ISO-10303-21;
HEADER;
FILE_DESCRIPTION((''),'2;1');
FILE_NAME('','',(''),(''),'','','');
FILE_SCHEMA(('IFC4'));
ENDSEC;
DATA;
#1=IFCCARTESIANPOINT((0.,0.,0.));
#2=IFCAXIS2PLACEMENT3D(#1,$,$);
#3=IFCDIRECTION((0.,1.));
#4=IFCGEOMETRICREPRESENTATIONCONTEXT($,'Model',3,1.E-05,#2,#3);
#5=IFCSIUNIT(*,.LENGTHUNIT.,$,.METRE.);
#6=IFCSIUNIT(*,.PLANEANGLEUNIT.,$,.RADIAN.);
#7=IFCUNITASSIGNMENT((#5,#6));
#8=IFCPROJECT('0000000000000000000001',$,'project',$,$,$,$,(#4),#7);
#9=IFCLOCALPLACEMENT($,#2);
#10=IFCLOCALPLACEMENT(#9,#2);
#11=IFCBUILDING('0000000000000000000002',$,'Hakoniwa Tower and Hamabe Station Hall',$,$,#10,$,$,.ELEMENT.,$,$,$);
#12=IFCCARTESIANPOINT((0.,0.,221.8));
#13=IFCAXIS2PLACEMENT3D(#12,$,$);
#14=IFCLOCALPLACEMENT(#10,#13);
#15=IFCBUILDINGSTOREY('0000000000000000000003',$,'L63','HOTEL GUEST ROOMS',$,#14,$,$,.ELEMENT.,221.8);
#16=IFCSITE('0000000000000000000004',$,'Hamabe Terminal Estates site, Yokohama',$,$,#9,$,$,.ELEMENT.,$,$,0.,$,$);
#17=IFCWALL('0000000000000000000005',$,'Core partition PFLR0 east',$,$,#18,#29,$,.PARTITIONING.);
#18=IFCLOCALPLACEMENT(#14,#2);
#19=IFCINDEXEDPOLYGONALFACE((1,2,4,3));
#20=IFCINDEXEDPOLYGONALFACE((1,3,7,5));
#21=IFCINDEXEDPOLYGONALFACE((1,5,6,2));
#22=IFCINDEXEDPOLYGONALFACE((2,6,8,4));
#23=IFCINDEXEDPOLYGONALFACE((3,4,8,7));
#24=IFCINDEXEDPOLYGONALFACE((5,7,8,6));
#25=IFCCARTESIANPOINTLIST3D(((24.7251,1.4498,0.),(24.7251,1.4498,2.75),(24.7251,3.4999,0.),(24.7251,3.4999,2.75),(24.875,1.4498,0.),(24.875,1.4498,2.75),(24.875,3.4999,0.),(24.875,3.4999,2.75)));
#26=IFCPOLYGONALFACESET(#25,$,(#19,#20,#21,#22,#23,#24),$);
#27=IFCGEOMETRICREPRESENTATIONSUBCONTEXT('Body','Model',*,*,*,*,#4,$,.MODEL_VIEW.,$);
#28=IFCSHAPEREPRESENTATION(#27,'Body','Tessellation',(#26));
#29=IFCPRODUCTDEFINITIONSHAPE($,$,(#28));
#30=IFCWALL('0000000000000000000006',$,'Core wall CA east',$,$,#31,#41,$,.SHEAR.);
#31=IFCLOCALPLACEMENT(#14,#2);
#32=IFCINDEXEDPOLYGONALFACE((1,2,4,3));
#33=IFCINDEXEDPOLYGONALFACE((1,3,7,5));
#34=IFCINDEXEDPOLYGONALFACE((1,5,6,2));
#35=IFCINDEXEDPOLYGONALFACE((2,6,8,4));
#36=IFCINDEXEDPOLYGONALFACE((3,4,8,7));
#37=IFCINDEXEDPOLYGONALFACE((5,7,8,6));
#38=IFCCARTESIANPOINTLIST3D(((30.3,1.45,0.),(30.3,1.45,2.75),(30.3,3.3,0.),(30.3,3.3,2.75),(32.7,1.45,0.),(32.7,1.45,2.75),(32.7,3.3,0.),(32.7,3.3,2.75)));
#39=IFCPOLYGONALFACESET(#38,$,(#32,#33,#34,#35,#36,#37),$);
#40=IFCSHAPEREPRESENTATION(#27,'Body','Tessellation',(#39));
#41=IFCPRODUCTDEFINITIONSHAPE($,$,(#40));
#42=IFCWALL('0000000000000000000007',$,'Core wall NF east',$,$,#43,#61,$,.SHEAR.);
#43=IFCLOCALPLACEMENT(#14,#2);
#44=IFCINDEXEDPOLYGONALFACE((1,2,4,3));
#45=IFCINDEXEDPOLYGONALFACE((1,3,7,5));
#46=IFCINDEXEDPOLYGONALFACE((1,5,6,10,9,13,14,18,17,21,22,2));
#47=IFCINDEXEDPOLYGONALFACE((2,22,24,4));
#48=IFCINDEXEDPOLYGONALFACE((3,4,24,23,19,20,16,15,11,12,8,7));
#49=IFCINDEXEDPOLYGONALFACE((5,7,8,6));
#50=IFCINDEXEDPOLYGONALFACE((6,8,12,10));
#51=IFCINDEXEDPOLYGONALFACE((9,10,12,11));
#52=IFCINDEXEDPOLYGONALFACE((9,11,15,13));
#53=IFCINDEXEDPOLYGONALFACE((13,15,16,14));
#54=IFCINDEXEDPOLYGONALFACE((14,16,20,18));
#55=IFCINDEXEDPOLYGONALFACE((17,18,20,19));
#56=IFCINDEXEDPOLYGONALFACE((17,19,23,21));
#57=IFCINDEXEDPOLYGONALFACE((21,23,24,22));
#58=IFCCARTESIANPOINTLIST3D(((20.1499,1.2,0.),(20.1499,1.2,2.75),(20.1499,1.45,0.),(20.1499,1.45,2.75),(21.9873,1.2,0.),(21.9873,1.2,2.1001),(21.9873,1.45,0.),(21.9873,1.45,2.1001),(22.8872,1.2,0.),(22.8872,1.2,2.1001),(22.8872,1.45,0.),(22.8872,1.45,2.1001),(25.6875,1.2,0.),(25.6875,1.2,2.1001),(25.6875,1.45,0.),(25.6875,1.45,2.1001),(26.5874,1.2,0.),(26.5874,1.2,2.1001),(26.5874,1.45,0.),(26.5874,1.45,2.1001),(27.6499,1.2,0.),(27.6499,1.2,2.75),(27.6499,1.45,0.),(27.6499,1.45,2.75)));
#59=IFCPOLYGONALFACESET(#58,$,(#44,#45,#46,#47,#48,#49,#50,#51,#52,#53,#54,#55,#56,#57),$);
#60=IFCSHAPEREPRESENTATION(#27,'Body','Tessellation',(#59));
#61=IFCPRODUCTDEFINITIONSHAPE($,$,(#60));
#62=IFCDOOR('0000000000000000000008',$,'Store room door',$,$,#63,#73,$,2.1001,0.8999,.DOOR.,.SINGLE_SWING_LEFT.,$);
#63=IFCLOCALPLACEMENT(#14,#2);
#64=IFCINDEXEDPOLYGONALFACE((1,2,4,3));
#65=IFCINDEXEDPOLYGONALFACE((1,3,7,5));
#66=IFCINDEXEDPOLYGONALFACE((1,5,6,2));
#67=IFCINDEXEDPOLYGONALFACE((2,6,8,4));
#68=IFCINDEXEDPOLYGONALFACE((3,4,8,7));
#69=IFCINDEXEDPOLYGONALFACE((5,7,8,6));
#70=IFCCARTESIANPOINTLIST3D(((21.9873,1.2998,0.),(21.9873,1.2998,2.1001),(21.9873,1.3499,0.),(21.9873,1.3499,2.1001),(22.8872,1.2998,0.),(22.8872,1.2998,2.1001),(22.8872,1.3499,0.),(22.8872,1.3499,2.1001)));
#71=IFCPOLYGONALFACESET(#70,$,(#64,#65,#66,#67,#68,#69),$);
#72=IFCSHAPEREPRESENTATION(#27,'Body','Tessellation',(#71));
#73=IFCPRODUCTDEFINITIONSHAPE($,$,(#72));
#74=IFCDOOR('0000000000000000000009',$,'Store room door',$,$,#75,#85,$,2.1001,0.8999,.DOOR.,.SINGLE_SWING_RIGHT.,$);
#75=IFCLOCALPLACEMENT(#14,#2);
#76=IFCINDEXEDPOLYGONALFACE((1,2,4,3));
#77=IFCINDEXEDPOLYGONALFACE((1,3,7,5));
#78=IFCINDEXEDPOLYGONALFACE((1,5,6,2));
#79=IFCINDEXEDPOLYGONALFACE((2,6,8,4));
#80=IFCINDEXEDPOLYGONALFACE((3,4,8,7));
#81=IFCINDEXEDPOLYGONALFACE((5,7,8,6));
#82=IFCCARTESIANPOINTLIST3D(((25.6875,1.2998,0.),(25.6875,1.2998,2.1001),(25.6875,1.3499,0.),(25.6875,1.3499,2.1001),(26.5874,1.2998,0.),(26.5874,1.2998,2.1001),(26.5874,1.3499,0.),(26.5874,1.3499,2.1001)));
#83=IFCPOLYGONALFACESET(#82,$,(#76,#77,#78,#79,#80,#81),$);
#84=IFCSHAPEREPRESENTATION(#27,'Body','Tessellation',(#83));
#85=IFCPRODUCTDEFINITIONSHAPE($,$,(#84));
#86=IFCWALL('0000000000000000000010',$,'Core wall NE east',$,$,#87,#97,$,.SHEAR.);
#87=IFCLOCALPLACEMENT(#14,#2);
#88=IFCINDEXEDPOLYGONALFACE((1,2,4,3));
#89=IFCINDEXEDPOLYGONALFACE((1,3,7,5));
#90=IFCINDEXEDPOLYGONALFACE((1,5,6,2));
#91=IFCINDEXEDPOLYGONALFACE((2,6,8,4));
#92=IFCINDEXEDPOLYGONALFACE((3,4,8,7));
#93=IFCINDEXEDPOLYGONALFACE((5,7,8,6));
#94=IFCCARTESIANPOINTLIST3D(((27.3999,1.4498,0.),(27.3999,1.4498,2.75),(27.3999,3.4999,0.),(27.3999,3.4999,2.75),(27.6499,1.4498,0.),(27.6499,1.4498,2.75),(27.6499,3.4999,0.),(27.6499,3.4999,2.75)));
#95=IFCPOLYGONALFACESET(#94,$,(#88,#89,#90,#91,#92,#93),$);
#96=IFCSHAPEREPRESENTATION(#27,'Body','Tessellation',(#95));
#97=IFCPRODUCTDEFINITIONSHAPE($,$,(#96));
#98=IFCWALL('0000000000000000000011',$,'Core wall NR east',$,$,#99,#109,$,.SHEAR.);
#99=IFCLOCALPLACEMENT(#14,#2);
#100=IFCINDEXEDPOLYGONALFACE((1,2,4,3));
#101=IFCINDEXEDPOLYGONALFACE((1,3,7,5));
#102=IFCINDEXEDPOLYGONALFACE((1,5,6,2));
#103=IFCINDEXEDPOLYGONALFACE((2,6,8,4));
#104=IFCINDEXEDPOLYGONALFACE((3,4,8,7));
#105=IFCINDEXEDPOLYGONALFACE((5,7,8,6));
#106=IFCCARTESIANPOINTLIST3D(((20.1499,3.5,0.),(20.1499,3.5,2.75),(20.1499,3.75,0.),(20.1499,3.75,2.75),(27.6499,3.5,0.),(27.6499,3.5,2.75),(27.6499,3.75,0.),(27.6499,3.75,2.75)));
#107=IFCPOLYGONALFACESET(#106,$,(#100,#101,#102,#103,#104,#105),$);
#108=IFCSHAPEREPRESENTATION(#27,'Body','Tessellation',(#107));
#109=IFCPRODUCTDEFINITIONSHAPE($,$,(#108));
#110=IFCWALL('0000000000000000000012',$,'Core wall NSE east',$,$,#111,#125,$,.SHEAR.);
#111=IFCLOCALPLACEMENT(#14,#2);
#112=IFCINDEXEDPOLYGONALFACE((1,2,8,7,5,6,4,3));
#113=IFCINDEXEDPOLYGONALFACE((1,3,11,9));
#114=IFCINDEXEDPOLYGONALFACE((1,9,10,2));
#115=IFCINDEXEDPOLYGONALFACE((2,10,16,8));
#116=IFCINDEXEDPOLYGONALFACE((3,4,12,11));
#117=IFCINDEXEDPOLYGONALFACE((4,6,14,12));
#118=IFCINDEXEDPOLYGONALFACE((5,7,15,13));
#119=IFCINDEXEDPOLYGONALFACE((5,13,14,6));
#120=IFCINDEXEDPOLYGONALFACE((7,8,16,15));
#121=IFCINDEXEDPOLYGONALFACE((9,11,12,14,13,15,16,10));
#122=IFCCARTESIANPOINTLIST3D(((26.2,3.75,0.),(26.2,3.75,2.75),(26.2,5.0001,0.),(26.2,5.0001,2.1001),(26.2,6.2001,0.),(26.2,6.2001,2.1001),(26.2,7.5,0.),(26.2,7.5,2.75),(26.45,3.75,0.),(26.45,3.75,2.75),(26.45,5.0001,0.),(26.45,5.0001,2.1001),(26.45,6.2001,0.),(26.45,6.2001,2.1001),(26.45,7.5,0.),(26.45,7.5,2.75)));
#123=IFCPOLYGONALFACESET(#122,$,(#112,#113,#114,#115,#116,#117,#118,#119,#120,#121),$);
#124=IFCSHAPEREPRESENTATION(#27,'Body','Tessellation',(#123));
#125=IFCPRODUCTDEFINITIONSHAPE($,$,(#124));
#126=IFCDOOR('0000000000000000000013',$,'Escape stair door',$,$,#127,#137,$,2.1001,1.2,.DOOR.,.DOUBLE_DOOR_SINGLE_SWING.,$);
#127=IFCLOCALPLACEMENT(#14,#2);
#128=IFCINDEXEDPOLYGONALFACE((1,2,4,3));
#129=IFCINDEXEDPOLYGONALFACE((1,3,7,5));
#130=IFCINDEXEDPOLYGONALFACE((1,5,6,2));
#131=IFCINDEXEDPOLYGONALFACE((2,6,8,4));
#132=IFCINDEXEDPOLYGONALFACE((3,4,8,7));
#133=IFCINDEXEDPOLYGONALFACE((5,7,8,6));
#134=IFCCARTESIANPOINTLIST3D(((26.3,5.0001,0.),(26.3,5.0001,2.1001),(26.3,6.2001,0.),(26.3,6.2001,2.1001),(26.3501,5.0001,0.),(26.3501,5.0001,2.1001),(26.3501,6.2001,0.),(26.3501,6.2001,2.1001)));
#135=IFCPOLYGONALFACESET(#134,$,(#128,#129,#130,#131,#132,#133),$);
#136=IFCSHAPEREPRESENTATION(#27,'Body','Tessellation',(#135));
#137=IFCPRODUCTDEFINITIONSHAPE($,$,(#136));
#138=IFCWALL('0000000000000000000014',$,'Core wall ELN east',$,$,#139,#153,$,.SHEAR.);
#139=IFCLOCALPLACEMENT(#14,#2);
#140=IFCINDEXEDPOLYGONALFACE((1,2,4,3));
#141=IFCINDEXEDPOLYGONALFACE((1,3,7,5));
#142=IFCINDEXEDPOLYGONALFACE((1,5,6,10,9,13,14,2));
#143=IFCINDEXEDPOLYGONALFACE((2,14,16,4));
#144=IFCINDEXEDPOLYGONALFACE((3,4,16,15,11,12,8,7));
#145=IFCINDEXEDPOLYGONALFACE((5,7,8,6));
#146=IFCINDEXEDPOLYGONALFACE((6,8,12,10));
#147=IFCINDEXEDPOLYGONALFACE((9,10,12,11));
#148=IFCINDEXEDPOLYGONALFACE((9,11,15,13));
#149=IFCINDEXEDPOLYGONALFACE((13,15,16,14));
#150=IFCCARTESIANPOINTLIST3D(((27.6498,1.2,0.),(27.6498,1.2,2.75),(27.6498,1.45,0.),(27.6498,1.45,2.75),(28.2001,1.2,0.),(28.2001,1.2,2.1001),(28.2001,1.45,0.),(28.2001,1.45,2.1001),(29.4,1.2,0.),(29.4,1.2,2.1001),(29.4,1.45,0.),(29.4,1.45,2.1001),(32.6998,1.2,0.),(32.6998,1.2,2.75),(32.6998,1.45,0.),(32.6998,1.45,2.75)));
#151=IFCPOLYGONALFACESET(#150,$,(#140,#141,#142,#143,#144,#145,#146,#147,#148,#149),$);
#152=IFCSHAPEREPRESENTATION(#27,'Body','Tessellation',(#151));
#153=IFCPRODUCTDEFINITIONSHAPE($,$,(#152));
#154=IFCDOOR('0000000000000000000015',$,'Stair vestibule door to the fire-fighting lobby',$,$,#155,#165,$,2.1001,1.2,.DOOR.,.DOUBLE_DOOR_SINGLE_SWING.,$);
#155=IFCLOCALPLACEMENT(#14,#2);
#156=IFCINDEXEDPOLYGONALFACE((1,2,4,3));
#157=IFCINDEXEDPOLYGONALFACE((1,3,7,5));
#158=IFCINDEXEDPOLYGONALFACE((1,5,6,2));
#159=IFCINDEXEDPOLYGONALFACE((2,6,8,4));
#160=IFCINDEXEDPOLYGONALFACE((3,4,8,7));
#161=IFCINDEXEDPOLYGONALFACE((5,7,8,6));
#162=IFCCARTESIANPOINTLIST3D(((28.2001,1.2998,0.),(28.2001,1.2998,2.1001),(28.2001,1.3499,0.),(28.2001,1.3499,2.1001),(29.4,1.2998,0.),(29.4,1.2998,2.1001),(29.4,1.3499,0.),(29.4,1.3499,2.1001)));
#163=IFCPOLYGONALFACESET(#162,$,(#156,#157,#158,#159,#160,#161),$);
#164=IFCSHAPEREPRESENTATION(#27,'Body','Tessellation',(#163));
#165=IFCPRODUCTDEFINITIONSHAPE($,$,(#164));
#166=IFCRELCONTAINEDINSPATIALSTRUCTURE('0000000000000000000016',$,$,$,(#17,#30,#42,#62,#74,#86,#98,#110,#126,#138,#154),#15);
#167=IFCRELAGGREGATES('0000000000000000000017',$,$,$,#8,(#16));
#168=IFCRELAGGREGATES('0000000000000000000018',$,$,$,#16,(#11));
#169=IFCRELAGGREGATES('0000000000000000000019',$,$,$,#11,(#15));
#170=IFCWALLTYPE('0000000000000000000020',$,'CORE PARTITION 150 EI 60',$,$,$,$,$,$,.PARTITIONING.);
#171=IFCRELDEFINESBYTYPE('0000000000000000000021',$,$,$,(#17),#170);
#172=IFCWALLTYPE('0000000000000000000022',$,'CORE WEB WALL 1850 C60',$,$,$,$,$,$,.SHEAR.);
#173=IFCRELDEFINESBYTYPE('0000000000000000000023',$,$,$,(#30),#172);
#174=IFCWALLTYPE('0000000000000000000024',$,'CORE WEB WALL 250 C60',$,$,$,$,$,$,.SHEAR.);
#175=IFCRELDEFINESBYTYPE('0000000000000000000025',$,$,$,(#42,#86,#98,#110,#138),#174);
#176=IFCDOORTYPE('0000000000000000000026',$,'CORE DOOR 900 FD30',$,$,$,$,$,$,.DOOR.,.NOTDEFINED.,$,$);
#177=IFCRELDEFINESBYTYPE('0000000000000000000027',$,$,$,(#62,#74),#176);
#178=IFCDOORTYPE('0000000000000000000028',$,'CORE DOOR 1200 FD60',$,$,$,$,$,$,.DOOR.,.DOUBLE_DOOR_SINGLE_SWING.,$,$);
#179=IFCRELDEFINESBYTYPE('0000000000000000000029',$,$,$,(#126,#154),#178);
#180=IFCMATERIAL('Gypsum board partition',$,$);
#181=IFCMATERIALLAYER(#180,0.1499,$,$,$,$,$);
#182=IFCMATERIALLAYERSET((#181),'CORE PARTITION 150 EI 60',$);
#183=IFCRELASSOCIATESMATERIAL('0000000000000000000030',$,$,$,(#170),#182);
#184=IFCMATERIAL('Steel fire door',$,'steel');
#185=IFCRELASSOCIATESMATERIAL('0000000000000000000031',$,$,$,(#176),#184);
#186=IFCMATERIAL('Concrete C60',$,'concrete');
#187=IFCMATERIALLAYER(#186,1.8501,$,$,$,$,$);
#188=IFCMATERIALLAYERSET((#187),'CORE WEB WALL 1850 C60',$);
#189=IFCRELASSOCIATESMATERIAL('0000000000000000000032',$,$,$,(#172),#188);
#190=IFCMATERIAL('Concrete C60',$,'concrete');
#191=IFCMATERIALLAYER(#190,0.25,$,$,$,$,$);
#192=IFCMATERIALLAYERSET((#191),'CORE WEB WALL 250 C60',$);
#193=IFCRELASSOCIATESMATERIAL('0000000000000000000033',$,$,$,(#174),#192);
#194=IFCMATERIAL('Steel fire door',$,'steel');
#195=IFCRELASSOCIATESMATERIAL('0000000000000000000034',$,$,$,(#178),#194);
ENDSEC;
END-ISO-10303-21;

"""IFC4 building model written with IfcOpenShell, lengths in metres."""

from ifc_helpers import new_model, si_unit, direction, frame, frame_2d, origin, place, context, subcontext, project, spatial, rectangle, extrude, material, layer, layer_set, type_object, element, fill, save


model = new_model("IFC4")

# Units and contexts
model_context = context("Model", 3, precision=1e-05, world=origin(), true_north=direction((0.0, 1.0)))
body_context = subcontext(model_context, "Body", "Model", "MODEL_VIEW")
ifc_project = project(units=[si_unit("LENGTHUNIT", "METRE"), si_unit("PLANEANGLEUNIT", "RADIAN")], contexts=[model_context])

# Site, building, storey
site_placement = place(None, origin())
site = spatial("IfcSite", under=ifc_project, at=site_placement, Name="Hamabe Terminal Estates site, Yokohama", CompositionType="ELEMENT", RefElevation=0.0)
building_placement = place(site_placement, origin())
building = spatial("IfcBuilding", under=site, at=building_placement, Name="Hakoniwa Tower and Hamabe Station Hall", CompositionType="ELEMENT")
storey_placement = place(building_placement, frame((0.0, 0.0, 221.8)))
storey = spatial("IfcBuildingStorey", under=building, at=storey_placement, Name="L63", Description="HOTEL GUEST ROOMS", CompositionType="ELEMENT", Elevation=221.8)

# Shared definitions
ifc_material_1 = material(Name="Gypsum board partition")
ifc_layer_1 = layer(ifc_material_1, 0.1499)
ifc_layer_set_1 = layer_set([ifc_layer_1], Name="CORE PARTITION 150 EI 60")
wall_type_1 = type_object("IfcWallType", Name="CORE PARTITION 150 EI 60", PredefinedType="PARTITIONING", material=ifc_layer_set_1)
ifc_material_2 = material(Name="Steel fire door", Category="steel")
door_type_1 = type_object("IfcDoorType", Name="CORE DOOR 900 FD30", OperationType="NOTDEFINED", PredefinedType="DOOR", material=ifc_material_2)

# Walls
wall_1_placement = place(storey_placement, frame((24.8, 1.45, 0.0), z_axis=(0.0, 0.0, 1.0), x_axis=(0.0, 1.0, 0.0)))
element("IfcWall", 1, at=wall_1_placement, inside=storey, type_object=wall_type_1, Name="Core partition PFLR0 east", PredefinedType="PARTITIONING", context=body_context, shape_type="SweptSolid", body=[
    extrude(rectangle(XDim=2.05, YDim=0.1499, at=frame_2d((1.0249, 0.0))), origin(), (0.0, 0.0, 1.0), 2.75),
])
ifc_material_3 = material(Name="Concrete C60", Category="concrete")
ifc_layer_2 = layer(ifc_material_3, 1.8501)
ifc_layer_set_2 = layer_set([ifc_layer_2], Name="CORE WEB WALL 1850 C60")
wall_type_2 = type_object("IfcWallType", Name="CORE WEB WALL 1850 C60", PredefinedType="SHEAR", material=ifc_layer_set_2)
wall_2_placement = place(storey_placement, frame((30.3, 2.375, 0.0), z_axis=(0.0, 0.0, 1.0), x_axis=(1.0, 0.0, 0.0)))
element("IfcWall", 2, at=wall_2_placement, inside=storey, type_object=wall_type_2, Name="Core wall CA east", PredefinedType="SHEAR", context=body_context, shape_type="SweptSolid", body=[
    extrude(rectangle(XDim=2.3999, YDim=1.8501, at=frame_2d((1.2, 0.0))), origin(), (0.0, 0.0, 1.0), 2.75),
])

# Wall, openings, doors
ifc_material_4 = material(Name="Concrete C60", Category="concrete")
ifc_layer_3 = layer(ifc_material_4, 0.25)
ifc_layer_set_3 = layer_set([ifc_layer_3], Name="CORE WEB WALL 250 C60")
wall_type_3 = type_object("IfcWallType", Name="CORE WEB WALL 250 C60", PredefinedType="SHEAR", material=ifc_layer_set_3)
wall_3_placement = place(storey_placement, frame((20.1499, 1.325, 0.0), z_axis=(0.0, 0.0, 1.0), x_axis=(1.0, 0.0, 0.0)))
wall_3 = element("IfcWall", 3, at=wall_3_placement, inside=storey, type_object=wall_type_3, Name="Core wall NF east", PredefinedType="SHEAR", context=body_context, shape_type="SweptSolid", body=[
    extrude(rectangle(XDim=7.5, YDim=0.25, at=frame_2d((3.75, 0.0))), origin(), (0.0, 0.0, 1.0), 2.75),
])
opening_1_placement = place(wall_3_placement, frame((1.8374, 0.0, 0.0)))
opening_1 = element("IfcOpeningElement", 4, at=opening_1_placement, cuts=wall_3, PredefinedType="OPENING", context=body_context, shape_type="SweptSolid", body=[
    extrude(rectangle(XDim=0.8999, YDim=2.1001, at=frame_2d((0.45, 1.05))), frame((0.0, 0.135, 0.0), z_axis=(0.0, -1.0, 0.0), x_axis=(1.0, 0.0, 0.0)), (0.0, 0.0, 1.0), 0.27),
])
opening_2_placement = place(wall_3_placement, frame((5.5376, 0.0, 0.0)))
opening_2 = element("IfcOpeningElement", 5, at=opening_2_placement, cuts=wall_3, PredefinedType="OPENING", context=body_context, shape_type="SweptSolid", body=[
    extrude(rectangle(XDim=0.8999, YDim=2.1001, at=frame_2d((0.45, 1.05))), frame((0.0, 0.135, 0.0), z_axis=(0.0, -1.0, 0.0), x_axis=(1.0, 0.0, 0.0)), (0.0, 0.0, 1.0), 0.27),
])
door_1_placement = place(opening_1_placement, origin())
door_1 = element("IfcDoor", 6, at=door_1_placement, inside=storey, type_object=door_type_1, Name="Store room door", OperationType="SINGLE_SWING_LEFT", OverallHeight=2.1001, OverallWidth=0.8999, PredefinedType="DOOR", context=body_context, shape_type="SweptSolid", body=[
    extrude(rectangle(XDim=0.8999, YDim=2.1001, at=frame_2d((0.45, 1.05))), frame((0.0, 0.0249, 0.0), z_axis=(0.0, -1.0, 0.0), x_axis=(1.0, 0.0, 0.0)), (0.0, 0.0, 1.0), 0.05),
])
fill(opening_1, door_1)
door_2_placement = place(opening_2_placement, origin())
door_2 = element("IfcDoor", 7, at=door_2_placement, inside=storey, type_object=door_type_1, Name="Store room door", OperationType="SINGLE_SWING_RIGHT", OverallHeight=2.1001, OverallWidth=0.8999, PredefinedType="DOOR", context=body_context, shape_type="SweptSolid", body=[
    extrude(rectangle(XDim=0.8999, YDim=2.1001, at=frame_2d((0.45, 1.05))), frame((0.0, 0.0249, 0.0), z_axis=(0.0, -1.0, 0.0), x_axis=(1.0, 0.0, 0.0)), (0.0, 0.0, 1.0), 0.05),
])
fill(opening_2, door_2)

# Walls
wall_4_placement = place(storey_placement, frame((27.5249, 1.45, 0.0), z_axis=(0.0, 0.0, 1.0), x_axis=(0.0, 1.0, 0.0)))
element("IfcWall", 8, at=wall_4_placement, inside=storey, type_object=wall_type_3, Name="Core wall NE east", PredefinedType="SHEAR", context=body_context, shape_type="SweptSolid", body=[
    extrude(rectangle(XDim=2.05, YDim=0.25, at=frame_2d((1.0249, 0.0))), origin(), (0.0, 0.0, 1.0), 2.75),
])
wall_5_placement = place(storey_placement, frame((20.1499, 3.625, 0.0), z_axis=(0.0, 0.0, 1.0), x_axis=(1.0, 0.0, 0.0)))
element("IfcWall", 9, at=wall_5_placement, inside=storey, type_object=wall_type_3, Name="Core wall NR east", PredefinedType="SHEAR", context=body_context, shape_type="SweptSolid", body=[
    extrude(rectangle(XDim=7.5, YDim=0.25, at=frame_2d((3.75, 0.0))), origin(), (0.0, 0.0, 1.0), 2.75),
])

# Walls, openings, doors
wall_6_placement = place(storey_placement, frame((26.325, 3.75, 0.0), z_axis=(0.0, 0.0, 1.0), x_axis=(0.0, 1.0, 0.0)))
wall_6 = element("IfcWall", 10, at=wall_6_placement, inside=storey, type_object=wall_type_3, Name="Core wall NSE east", PredefinedType="SHEAR", context=body_context, shape_type="SweptSolid", body=[
    extrude(rectangle(XDim=3.75, YDim=0.25, at=frame_2d((1.875, 0.0))), origin(), (0.0, 0.0, 1.0), 2.75),
])
opening_3_placement = place(wall_6_placement, frame((1.25, 0.0, 0.0)))
opening_3 = element("IfcOpeningElement", 11, at=opening_3_placement, cuts=wall_6, PredefinedType="OPENING", context=body_context, shape_type="SweptSolid", body=[
    extrude(rectangle(XDim=1.2, YDim=2.1001, at=frame_2d((0.6001, 1.05))), frame((0.0, 0.135, 0.0), z_axis=(0.0, -1.0, 0.0), x_axis=(1.0, 0.0, 0.0)), (0.0, 0.0, 1.0), 0.27),
])
ifc_material_5 = material(Name="Steel fire door", Category="steel")
door_type_2 = type_object("IfcDoorType", Name="CORE DOOR 1200 FD60", OperationType="DOUBLE_DOOR_SINGLE_SWING", PredefinedType="DOOR", material=ifc_material_5)
door_3_placement = place(opening_3_placement, origin())
door_3 = element("IfcDoor", 12, at=door_3_placement, inside=storey, type_object=door_type_2, Name="Escape stair door", OperationType="DOUBLE_DOOR_SINGLE_SWING", OverallHeight=2.1001, OverallWidth=1.2, PredefinedType="DOOR", context=body_context, shape_type="SweptSolid", body=[
    extrude(rectangle(XDim=1.2, YDim=2.1001, at=frame_2d((0.6001, 1.05))), frame((0.0, 0.0249, 0.0), z_axis=(0.0, -1.0, 0.0), x_axis=(1.0, 0.0, 0.0)), (0.0, 0.0, 1.0), 0.05),
])
fill(opening_3, door_3)
wall_7_placement = place(storey_placement, frame((27.6499, 1.325, 0.0), z_axis=(0.0, 0.0, 1.0), x_axis=(1.0, 0.0, 0.0)))
wall_7 = element("IfcWall", 13, at=wall_7_placement, inside=storey, type_object=wall_type_3, Name="Core wall ELN east", PredefinedType="SHEAR", context=body_context, shape_type="SweptSolid", body=[
    extrude(rectangle(XDim=5.05, YDim=0.25, at=frame_2d((2.5249, 0.0))), origin(), (0.0, 0.0, 1.0), 2.75),
])
opening_4_placement = place(wall_7_placement, frame((0.55, 0.0, 0.0)))
opening_4 = element("IfcOpeningElement", 14, at=opening_4_placement, cuts=wall_7, PredefinedType="OPENING", context=body_context, shape_type="SweptSolid", body=[
    extrude(rectangle(XDim=1.2, YDim=2.1001, at=frame_2d((0.6001, 1.05))), frame((0.0, 0.135, 0.0), z_axis=(0.0, -1.0, 0.0), x_axis=(1.0, 0.0, 0.0)), (0.0, 0.0, 1.0), 0.27),
])
door_4_placement = place(opening_4_placement, origin())
door_4 = element("IfcDoor", 15, at=door_4_placement, inside=storey, type_object=door_type_2, Name="Stair vestibule door to the fire-fighting lobby", OperationType="DOUBLE_DOOR_SINGLE_SWING", OverallHeight=2.1001, OverallWidth=1.2, PredefinedType="DOOR", context=body_context, shape_type="SweptSolid", body=[
    extrude(rectangle(XDim=1.2, YDim=2.1001, at=frame_2d((0.6001, 1.05))), frame((0.0, 0.0249, 0.0), z_axis=(0.0, -1.0, 0.0), x_axis=(1.0, 0.0, 0.0)), (0.0, 0.0, 1.0), 0.05),
])
fill(opening_4, door_4)

save(model, "model.ifc")
